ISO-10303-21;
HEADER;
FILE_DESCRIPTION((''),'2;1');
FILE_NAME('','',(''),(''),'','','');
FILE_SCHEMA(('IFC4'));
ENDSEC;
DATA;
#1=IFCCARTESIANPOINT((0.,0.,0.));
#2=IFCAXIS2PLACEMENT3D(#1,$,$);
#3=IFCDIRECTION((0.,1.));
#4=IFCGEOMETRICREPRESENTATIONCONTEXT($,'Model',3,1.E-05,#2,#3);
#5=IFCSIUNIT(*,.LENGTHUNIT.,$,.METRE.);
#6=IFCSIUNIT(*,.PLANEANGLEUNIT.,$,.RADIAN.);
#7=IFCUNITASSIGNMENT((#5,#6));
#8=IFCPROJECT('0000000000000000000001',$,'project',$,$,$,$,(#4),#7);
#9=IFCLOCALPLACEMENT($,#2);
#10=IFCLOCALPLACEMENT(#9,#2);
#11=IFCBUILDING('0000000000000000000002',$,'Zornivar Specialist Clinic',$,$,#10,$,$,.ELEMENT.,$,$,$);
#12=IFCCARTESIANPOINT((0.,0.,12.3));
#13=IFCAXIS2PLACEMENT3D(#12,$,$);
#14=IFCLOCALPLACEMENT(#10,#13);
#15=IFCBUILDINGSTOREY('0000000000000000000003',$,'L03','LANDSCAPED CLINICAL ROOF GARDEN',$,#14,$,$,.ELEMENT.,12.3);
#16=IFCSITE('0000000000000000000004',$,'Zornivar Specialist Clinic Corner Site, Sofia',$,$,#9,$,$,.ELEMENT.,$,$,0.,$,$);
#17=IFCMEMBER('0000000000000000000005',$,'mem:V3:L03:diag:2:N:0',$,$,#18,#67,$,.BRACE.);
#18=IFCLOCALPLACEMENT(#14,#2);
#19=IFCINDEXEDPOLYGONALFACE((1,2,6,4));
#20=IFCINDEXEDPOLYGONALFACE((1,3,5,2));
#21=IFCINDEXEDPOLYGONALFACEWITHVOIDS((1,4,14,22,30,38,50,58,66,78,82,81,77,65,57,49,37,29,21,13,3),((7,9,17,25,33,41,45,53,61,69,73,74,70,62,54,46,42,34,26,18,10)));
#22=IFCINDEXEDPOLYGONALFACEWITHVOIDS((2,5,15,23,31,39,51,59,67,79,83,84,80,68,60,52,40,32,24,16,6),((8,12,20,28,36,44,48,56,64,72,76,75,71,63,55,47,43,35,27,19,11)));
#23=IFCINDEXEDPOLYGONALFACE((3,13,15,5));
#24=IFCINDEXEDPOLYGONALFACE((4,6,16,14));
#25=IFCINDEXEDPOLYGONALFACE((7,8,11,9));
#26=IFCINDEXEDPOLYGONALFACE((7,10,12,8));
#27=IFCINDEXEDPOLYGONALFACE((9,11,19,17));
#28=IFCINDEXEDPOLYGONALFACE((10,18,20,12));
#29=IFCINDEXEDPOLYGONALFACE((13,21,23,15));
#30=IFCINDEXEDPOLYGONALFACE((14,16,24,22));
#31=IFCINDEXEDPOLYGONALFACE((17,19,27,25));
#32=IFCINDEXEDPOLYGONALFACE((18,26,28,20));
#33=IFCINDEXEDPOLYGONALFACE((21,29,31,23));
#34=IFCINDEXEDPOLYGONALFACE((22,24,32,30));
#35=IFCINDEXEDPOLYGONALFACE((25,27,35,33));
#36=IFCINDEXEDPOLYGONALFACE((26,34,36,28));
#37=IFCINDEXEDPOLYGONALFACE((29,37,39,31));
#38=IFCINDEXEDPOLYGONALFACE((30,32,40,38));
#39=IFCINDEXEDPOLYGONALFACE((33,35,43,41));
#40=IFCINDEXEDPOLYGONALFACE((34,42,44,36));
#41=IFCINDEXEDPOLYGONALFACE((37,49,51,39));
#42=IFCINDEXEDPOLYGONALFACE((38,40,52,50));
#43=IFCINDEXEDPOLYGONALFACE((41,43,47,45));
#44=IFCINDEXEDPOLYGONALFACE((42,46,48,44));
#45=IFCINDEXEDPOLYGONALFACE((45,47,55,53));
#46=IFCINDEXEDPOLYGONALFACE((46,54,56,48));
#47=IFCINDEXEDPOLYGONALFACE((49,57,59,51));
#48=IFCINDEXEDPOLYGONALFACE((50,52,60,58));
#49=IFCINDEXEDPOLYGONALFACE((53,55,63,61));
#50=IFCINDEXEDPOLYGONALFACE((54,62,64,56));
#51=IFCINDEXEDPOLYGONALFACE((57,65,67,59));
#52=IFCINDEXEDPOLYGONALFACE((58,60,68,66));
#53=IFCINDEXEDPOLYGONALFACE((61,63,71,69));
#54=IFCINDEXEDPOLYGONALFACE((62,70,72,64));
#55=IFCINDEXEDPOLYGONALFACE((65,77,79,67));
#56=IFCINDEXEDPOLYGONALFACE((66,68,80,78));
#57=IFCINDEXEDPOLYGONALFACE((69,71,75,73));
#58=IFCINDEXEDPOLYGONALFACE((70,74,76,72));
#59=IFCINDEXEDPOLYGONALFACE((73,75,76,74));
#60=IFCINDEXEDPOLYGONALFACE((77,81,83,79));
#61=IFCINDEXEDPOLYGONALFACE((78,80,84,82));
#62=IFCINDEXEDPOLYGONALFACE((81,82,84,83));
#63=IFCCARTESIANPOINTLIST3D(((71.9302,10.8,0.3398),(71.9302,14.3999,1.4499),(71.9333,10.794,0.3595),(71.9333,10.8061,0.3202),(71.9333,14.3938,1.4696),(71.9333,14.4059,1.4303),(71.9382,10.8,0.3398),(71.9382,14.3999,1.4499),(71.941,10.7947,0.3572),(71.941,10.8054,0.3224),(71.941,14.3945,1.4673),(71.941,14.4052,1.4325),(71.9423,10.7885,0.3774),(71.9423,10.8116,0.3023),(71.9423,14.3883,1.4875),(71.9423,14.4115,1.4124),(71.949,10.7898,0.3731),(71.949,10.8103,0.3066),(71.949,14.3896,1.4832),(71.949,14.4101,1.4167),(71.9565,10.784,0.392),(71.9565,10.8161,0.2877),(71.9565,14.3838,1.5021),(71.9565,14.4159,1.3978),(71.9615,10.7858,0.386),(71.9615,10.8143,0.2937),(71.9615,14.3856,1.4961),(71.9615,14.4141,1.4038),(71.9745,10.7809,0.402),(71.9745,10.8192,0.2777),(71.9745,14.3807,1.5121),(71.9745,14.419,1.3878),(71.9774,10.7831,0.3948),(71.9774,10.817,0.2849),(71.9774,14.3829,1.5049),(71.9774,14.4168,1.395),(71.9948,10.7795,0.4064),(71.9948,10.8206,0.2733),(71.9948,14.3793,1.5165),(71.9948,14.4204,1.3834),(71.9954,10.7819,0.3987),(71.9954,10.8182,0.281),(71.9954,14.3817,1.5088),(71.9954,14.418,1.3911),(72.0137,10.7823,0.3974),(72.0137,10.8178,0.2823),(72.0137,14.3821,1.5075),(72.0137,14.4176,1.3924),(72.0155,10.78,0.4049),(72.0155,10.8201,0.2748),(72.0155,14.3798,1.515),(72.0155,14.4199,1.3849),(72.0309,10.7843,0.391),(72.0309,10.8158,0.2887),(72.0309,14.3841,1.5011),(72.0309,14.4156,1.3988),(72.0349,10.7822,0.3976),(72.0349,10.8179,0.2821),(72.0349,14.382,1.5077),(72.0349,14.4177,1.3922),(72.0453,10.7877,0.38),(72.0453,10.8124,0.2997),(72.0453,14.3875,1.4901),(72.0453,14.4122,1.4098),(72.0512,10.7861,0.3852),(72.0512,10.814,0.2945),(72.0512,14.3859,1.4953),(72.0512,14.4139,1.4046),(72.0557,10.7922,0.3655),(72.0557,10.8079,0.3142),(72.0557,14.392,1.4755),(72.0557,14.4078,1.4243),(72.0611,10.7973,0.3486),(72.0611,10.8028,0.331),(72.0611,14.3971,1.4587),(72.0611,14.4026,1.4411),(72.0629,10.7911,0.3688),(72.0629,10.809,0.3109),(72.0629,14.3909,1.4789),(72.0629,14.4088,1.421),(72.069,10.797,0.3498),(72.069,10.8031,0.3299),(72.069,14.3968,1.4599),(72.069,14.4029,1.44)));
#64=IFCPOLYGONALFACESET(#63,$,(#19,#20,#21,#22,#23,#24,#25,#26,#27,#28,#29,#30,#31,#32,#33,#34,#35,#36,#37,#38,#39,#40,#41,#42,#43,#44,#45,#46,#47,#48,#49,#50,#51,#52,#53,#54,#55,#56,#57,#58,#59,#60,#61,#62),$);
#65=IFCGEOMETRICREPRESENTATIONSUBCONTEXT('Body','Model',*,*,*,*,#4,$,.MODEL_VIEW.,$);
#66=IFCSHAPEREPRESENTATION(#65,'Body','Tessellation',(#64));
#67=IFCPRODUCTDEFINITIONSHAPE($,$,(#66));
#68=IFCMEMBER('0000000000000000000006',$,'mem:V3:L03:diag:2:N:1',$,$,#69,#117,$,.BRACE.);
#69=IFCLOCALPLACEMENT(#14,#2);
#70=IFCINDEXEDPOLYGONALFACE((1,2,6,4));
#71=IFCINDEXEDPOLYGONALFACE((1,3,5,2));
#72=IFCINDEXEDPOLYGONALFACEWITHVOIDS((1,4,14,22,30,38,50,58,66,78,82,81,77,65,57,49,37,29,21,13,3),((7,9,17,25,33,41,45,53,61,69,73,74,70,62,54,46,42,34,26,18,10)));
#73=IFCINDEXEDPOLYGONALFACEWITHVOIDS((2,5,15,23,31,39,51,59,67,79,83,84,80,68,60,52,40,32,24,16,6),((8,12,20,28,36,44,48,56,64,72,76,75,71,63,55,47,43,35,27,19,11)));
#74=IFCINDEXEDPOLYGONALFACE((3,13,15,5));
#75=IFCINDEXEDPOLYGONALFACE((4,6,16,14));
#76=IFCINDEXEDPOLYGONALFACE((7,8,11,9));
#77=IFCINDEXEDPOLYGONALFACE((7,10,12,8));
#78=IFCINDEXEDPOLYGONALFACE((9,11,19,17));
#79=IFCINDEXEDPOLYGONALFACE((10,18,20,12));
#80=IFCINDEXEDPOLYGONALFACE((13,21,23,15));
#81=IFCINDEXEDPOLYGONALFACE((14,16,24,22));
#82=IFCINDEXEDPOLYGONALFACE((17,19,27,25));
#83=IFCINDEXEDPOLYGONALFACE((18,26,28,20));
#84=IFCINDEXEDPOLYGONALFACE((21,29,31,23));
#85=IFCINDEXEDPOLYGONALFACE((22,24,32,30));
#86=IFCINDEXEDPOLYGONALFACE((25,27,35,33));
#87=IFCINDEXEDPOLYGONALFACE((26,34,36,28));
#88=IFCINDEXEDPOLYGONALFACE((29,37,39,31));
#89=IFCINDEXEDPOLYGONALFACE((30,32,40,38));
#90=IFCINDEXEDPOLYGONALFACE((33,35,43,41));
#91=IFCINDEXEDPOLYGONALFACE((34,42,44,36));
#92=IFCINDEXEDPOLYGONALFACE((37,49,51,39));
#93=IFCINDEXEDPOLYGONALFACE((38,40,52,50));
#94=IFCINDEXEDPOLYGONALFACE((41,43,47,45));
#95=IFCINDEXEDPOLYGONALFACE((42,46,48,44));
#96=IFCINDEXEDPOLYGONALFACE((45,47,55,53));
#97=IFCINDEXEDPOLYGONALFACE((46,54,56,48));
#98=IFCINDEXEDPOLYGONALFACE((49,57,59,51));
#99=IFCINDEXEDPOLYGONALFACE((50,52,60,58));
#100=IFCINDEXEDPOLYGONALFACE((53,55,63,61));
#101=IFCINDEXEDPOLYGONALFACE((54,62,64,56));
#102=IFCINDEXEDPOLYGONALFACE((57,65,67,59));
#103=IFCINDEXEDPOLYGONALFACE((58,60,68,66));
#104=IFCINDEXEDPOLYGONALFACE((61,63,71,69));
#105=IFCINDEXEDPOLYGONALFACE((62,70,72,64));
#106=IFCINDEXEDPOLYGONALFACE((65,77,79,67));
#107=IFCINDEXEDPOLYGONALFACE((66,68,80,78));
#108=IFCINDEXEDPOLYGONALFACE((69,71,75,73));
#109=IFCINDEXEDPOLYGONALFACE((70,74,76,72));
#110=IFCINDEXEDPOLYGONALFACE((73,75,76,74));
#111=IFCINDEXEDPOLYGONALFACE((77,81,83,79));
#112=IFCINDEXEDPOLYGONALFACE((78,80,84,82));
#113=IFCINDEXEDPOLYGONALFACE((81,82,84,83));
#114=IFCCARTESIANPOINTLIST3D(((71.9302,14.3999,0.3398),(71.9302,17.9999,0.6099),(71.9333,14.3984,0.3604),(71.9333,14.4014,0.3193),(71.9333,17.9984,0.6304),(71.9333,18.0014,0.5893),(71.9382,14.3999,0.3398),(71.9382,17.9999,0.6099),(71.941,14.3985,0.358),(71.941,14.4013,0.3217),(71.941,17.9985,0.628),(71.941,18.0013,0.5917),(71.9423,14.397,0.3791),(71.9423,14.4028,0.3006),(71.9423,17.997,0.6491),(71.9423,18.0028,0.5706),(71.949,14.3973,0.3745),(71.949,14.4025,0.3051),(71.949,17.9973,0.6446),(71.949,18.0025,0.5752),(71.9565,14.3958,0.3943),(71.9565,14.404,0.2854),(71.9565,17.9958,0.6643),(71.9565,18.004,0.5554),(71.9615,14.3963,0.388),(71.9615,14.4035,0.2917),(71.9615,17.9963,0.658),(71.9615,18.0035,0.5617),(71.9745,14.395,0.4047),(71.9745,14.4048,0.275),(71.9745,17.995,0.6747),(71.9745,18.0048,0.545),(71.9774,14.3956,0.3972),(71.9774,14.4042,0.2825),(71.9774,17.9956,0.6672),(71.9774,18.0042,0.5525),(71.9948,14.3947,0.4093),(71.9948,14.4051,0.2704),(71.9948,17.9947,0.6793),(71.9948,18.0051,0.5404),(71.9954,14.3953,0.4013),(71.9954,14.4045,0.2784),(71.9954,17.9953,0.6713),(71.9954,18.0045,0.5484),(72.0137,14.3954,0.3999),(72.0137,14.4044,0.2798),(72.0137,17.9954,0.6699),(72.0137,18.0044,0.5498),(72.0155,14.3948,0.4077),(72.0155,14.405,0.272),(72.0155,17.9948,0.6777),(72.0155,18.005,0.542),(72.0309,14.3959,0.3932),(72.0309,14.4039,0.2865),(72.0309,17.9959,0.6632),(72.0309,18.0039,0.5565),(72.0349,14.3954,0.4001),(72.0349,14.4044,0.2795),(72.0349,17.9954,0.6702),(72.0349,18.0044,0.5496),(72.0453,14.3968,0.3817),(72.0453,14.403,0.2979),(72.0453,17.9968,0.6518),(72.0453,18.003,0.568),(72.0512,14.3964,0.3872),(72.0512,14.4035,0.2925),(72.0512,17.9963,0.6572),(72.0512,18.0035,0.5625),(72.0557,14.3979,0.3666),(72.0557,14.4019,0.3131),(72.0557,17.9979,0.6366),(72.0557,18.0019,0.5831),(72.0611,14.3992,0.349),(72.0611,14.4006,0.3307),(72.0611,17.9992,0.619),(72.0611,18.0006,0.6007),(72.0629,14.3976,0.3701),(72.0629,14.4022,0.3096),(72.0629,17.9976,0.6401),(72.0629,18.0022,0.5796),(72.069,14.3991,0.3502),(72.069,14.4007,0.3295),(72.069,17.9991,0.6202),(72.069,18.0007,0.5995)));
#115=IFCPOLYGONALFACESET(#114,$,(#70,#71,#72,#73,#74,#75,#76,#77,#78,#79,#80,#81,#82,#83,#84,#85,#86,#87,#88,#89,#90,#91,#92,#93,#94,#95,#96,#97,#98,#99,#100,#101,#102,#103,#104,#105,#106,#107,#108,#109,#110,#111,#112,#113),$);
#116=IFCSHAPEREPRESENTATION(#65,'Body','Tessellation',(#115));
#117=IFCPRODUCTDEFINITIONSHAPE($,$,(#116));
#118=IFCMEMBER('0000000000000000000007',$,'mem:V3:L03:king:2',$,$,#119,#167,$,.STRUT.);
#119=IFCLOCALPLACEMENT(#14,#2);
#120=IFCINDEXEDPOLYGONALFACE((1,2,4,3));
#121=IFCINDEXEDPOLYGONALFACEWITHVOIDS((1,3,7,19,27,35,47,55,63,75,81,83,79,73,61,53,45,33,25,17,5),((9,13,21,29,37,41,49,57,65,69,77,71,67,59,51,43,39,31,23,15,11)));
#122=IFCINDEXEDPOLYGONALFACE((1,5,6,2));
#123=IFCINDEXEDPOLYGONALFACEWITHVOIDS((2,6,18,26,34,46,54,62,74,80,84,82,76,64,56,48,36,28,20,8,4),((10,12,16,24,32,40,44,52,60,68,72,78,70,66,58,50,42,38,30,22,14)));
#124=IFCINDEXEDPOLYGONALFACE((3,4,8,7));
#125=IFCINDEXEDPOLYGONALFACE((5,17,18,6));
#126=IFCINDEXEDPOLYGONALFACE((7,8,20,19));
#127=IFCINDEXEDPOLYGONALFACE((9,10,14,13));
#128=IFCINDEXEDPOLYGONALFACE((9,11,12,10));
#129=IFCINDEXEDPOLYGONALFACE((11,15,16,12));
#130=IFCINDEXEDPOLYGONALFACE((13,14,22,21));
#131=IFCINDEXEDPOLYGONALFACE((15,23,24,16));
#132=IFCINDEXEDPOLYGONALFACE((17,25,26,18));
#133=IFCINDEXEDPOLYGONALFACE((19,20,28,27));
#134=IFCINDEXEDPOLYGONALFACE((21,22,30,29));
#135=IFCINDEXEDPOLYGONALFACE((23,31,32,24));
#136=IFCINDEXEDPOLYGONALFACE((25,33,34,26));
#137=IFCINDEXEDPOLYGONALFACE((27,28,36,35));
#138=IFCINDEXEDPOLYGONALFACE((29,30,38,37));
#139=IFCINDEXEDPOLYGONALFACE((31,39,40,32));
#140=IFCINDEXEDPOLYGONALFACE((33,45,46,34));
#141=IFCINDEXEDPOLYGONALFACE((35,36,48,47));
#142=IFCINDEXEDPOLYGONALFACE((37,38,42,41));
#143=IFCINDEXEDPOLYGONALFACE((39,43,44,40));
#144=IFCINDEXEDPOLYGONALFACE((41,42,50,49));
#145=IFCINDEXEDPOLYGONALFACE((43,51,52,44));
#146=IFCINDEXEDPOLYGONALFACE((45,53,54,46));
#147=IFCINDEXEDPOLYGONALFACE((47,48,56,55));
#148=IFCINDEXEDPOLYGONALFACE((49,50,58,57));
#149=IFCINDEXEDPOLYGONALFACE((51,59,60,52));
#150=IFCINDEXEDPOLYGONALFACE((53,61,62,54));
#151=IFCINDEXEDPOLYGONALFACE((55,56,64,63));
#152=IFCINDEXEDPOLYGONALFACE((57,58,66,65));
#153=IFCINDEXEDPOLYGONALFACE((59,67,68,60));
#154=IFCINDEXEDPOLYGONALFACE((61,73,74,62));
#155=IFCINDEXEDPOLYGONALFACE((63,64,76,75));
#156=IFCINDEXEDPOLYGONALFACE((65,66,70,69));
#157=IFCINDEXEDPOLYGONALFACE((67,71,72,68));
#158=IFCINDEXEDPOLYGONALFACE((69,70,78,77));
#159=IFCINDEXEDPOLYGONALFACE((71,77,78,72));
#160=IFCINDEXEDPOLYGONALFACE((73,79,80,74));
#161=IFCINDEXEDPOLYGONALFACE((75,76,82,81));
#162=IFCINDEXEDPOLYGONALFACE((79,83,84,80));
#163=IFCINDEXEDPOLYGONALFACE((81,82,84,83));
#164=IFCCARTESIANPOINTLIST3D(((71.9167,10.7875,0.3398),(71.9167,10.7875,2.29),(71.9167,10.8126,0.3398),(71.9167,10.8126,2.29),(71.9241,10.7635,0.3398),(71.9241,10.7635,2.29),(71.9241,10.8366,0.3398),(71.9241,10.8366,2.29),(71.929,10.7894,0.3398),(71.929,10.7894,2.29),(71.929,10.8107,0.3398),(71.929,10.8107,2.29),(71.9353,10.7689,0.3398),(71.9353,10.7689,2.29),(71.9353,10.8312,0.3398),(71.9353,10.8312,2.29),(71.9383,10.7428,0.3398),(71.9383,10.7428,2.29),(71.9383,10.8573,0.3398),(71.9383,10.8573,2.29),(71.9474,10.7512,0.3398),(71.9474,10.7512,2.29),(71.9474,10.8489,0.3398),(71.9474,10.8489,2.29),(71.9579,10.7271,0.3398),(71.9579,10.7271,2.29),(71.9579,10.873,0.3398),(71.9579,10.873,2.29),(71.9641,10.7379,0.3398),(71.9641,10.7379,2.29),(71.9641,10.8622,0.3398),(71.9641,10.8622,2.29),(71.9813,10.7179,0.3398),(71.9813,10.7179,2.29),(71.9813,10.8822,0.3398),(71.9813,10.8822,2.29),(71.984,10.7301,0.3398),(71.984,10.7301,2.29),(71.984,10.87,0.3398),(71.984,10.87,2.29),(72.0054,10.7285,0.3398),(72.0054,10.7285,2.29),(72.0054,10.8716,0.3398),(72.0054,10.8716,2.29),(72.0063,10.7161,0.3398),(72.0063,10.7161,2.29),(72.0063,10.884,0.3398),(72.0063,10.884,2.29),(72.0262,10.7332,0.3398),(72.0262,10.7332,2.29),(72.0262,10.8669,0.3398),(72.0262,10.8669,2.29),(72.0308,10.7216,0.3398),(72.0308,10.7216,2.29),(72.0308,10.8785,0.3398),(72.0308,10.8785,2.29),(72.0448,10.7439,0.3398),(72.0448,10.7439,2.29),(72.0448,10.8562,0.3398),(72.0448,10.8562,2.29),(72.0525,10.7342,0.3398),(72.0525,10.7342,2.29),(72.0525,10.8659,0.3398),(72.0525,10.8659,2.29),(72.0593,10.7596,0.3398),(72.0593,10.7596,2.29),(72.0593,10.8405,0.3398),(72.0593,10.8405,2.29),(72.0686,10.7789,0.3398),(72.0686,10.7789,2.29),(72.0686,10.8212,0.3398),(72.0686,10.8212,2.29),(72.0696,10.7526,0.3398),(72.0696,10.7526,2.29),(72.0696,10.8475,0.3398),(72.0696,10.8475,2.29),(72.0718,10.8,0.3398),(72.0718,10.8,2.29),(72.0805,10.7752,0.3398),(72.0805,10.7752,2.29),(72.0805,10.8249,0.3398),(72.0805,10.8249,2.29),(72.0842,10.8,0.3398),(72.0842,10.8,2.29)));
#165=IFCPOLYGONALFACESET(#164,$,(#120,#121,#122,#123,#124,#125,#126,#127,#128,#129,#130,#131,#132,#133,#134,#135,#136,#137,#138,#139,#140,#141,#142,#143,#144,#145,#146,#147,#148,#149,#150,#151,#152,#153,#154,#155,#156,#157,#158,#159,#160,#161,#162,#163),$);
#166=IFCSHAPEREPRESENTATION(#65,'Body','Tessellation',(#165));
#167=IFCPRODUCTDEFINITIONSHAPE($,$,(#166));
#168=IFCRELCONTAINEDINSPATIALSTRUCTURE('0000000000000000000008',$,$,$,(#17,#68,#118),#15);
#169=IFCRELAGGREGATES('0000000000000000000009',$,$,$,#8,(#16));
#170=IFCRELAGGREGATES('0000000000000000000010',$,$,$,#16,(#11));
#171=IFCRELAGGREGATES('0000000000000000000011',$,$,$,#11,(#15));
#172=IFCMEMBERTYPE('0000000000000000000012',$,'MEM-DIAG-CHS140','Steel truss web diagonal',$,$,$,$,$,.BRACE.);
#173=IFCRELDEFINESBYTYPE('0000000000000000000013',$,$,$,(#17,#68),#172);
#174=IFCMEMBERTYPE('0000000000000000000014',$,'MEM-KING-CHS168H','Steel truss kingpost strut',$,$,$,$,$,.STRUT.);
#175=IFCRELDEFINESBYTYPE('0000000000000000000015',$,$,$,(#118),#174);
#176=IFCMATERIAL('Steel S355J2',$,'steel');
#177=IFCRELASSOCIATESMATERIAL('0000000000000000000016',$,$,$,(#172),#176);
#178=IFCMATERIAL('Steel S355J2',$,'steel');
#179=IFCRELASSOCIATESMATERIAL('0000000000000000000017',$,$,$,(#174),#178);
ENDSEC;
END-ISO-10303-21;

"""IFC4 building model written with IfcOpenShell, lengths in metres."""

from ifc_helpers import new_model, si_unit, direction, frame, origin, origin_2d, place, context, subcontext, project, spatial, hollow_circle, extrude, material, material_profile, profile_set, type_object, element, save


model = new_model("IFC4")

# Units and contexts
model_context = context("Model", 3, precision=1e-05, world=origin(), true_north=direction((0.0, 1.0)))
body_context = subcontext(model_context, "Body", "Model", "MODEL_VIEW")
ifc_project = project(units=[si_unit("LENGTHUNIT", "METRE"), si_unit("PLANEANGLEUNIT", "RADIAN")], contexts=[model_context])

# Site, building, storey
site_placement = place(None, origin())
site = spatial("IfcSite", under=ifc_project, at=site_placement, Name="Zornivar Specialist Clinic Corner Site, Sofia", CompositionType="ELEMENT", RefElevation=0.0)
building_placement = place(site_placement, origin())
building = spatial("IfcBuilding", under=site, at=building_placement, Name="Zornivar Specialist Clinic", CompositionType="ELEMENT")
storey_placement = place(building_placement, frame((0.0, 0.0, 12.3)))
storey = spatial("IfcBuildingStorey", under=building, at=storey_placement, Name="L03", Description="LANDSCAPED CLINICAL ROOF GARDEN", CompositionType="ELEMENT", Elevation=12.3)

# Members
ifc_material_1 = material(Name="Steel S355J2", Category="steel")
ifc_material_profile_1 = material_profile(ifc_material_1, hollow_circle(Radius=0.0698, WallThickness=0.0081, at=origin_2d()), Name="CHS 139.7x8")
ifc_profile_set_1 = profile_set([ifc_material_profile_1], Name="Steel S355J2")
member_type_1 = type_object("IfcMemberType", Name="MEM-DIAG-CHS140", Description="Steel truss web diagonal", PredefinedType="BRACE", material=ifc_profile_set_1)
member_1_placement = place(storey_placement, frame((72.0, 10.8, 0.3398), z_axis=(0.0, 0.955595, 0.294682), x_axis=(-1.0, 0.0, 0.0)))
element("IfcMember", 1, at=member_1_placement, inside=storey, type_object=member_type_1, Name="mem:V3:L03:diag:2:N:0", PredefinedType="BRACE", context=body_context, shape_type="SweptSolid", body=[
    extrude(hollow_circle(Radius=0.0698, WallThickness=0.0081, at=origin_2d()), origin(), (0.0, 0.0, 1.0), 3.7671),
])
member_2_placement = place(storey_placement, frame((72.0, 14.3999, 0.3398), z_axis=(0.0, 0.997199, 0.074793), x_axis=(-1.0, 0.0, 0.0)))
element("IfcMember", 2, at=member_2_placement, inside=storey, type_object=member_type_1, Name="mem:V3:L03:diag:2:N:1", PredefinedType="BRACE", context=body_context, shape_type="SweptSolid", body=[
    extrude(hollow_circle(Radius=0.0698, WallThickness=0.0081, at=origin_2d()), origin(), (0.0, 0.0, 1.0), 3.6101),
])
ifc_material_2 = material(Name="Steel S355J2", Category="steel")
ifc_material_profile_2 = material_profile(ifc_material_2, hollow_circle(Radius=0.0842, WallThickness=0.0125, at=origin_2d()), Name="CHS 168.3x12.5")
ifc_profile_set_2 = profile_set([ifc_material_profile_2], Name="Steel S355J2")
member_type_2 = type_object("IfcMemberType", Name="MEM-KING-CHS168H", Description="Steel truss kingpost strut", PredefinedType="STRUT", material=ifc_profile_set_2)
member_3_placement = place(storey_placement, frame((72.0, 10.8, 0.3398), z_axis=(0.0, 0.0, 1.0), x_axis=(1.0, 0.0, 0.0)))
element("IfcMember", 3, at=member_3_placement, inside=storey, type_object=member_type_2, Name="mem:V3:L03:king:2", PredefinedType="STRUT", context=body_context, shape_type="SweptSolid", body=[
    extrude(hollow_circle(Radius=0.0842, WallThickness=0.0125, at=origin_2d()), origin(), (0.0, 0.0, 1.0), 1.9502),
])

save(model, "model.ifc")
